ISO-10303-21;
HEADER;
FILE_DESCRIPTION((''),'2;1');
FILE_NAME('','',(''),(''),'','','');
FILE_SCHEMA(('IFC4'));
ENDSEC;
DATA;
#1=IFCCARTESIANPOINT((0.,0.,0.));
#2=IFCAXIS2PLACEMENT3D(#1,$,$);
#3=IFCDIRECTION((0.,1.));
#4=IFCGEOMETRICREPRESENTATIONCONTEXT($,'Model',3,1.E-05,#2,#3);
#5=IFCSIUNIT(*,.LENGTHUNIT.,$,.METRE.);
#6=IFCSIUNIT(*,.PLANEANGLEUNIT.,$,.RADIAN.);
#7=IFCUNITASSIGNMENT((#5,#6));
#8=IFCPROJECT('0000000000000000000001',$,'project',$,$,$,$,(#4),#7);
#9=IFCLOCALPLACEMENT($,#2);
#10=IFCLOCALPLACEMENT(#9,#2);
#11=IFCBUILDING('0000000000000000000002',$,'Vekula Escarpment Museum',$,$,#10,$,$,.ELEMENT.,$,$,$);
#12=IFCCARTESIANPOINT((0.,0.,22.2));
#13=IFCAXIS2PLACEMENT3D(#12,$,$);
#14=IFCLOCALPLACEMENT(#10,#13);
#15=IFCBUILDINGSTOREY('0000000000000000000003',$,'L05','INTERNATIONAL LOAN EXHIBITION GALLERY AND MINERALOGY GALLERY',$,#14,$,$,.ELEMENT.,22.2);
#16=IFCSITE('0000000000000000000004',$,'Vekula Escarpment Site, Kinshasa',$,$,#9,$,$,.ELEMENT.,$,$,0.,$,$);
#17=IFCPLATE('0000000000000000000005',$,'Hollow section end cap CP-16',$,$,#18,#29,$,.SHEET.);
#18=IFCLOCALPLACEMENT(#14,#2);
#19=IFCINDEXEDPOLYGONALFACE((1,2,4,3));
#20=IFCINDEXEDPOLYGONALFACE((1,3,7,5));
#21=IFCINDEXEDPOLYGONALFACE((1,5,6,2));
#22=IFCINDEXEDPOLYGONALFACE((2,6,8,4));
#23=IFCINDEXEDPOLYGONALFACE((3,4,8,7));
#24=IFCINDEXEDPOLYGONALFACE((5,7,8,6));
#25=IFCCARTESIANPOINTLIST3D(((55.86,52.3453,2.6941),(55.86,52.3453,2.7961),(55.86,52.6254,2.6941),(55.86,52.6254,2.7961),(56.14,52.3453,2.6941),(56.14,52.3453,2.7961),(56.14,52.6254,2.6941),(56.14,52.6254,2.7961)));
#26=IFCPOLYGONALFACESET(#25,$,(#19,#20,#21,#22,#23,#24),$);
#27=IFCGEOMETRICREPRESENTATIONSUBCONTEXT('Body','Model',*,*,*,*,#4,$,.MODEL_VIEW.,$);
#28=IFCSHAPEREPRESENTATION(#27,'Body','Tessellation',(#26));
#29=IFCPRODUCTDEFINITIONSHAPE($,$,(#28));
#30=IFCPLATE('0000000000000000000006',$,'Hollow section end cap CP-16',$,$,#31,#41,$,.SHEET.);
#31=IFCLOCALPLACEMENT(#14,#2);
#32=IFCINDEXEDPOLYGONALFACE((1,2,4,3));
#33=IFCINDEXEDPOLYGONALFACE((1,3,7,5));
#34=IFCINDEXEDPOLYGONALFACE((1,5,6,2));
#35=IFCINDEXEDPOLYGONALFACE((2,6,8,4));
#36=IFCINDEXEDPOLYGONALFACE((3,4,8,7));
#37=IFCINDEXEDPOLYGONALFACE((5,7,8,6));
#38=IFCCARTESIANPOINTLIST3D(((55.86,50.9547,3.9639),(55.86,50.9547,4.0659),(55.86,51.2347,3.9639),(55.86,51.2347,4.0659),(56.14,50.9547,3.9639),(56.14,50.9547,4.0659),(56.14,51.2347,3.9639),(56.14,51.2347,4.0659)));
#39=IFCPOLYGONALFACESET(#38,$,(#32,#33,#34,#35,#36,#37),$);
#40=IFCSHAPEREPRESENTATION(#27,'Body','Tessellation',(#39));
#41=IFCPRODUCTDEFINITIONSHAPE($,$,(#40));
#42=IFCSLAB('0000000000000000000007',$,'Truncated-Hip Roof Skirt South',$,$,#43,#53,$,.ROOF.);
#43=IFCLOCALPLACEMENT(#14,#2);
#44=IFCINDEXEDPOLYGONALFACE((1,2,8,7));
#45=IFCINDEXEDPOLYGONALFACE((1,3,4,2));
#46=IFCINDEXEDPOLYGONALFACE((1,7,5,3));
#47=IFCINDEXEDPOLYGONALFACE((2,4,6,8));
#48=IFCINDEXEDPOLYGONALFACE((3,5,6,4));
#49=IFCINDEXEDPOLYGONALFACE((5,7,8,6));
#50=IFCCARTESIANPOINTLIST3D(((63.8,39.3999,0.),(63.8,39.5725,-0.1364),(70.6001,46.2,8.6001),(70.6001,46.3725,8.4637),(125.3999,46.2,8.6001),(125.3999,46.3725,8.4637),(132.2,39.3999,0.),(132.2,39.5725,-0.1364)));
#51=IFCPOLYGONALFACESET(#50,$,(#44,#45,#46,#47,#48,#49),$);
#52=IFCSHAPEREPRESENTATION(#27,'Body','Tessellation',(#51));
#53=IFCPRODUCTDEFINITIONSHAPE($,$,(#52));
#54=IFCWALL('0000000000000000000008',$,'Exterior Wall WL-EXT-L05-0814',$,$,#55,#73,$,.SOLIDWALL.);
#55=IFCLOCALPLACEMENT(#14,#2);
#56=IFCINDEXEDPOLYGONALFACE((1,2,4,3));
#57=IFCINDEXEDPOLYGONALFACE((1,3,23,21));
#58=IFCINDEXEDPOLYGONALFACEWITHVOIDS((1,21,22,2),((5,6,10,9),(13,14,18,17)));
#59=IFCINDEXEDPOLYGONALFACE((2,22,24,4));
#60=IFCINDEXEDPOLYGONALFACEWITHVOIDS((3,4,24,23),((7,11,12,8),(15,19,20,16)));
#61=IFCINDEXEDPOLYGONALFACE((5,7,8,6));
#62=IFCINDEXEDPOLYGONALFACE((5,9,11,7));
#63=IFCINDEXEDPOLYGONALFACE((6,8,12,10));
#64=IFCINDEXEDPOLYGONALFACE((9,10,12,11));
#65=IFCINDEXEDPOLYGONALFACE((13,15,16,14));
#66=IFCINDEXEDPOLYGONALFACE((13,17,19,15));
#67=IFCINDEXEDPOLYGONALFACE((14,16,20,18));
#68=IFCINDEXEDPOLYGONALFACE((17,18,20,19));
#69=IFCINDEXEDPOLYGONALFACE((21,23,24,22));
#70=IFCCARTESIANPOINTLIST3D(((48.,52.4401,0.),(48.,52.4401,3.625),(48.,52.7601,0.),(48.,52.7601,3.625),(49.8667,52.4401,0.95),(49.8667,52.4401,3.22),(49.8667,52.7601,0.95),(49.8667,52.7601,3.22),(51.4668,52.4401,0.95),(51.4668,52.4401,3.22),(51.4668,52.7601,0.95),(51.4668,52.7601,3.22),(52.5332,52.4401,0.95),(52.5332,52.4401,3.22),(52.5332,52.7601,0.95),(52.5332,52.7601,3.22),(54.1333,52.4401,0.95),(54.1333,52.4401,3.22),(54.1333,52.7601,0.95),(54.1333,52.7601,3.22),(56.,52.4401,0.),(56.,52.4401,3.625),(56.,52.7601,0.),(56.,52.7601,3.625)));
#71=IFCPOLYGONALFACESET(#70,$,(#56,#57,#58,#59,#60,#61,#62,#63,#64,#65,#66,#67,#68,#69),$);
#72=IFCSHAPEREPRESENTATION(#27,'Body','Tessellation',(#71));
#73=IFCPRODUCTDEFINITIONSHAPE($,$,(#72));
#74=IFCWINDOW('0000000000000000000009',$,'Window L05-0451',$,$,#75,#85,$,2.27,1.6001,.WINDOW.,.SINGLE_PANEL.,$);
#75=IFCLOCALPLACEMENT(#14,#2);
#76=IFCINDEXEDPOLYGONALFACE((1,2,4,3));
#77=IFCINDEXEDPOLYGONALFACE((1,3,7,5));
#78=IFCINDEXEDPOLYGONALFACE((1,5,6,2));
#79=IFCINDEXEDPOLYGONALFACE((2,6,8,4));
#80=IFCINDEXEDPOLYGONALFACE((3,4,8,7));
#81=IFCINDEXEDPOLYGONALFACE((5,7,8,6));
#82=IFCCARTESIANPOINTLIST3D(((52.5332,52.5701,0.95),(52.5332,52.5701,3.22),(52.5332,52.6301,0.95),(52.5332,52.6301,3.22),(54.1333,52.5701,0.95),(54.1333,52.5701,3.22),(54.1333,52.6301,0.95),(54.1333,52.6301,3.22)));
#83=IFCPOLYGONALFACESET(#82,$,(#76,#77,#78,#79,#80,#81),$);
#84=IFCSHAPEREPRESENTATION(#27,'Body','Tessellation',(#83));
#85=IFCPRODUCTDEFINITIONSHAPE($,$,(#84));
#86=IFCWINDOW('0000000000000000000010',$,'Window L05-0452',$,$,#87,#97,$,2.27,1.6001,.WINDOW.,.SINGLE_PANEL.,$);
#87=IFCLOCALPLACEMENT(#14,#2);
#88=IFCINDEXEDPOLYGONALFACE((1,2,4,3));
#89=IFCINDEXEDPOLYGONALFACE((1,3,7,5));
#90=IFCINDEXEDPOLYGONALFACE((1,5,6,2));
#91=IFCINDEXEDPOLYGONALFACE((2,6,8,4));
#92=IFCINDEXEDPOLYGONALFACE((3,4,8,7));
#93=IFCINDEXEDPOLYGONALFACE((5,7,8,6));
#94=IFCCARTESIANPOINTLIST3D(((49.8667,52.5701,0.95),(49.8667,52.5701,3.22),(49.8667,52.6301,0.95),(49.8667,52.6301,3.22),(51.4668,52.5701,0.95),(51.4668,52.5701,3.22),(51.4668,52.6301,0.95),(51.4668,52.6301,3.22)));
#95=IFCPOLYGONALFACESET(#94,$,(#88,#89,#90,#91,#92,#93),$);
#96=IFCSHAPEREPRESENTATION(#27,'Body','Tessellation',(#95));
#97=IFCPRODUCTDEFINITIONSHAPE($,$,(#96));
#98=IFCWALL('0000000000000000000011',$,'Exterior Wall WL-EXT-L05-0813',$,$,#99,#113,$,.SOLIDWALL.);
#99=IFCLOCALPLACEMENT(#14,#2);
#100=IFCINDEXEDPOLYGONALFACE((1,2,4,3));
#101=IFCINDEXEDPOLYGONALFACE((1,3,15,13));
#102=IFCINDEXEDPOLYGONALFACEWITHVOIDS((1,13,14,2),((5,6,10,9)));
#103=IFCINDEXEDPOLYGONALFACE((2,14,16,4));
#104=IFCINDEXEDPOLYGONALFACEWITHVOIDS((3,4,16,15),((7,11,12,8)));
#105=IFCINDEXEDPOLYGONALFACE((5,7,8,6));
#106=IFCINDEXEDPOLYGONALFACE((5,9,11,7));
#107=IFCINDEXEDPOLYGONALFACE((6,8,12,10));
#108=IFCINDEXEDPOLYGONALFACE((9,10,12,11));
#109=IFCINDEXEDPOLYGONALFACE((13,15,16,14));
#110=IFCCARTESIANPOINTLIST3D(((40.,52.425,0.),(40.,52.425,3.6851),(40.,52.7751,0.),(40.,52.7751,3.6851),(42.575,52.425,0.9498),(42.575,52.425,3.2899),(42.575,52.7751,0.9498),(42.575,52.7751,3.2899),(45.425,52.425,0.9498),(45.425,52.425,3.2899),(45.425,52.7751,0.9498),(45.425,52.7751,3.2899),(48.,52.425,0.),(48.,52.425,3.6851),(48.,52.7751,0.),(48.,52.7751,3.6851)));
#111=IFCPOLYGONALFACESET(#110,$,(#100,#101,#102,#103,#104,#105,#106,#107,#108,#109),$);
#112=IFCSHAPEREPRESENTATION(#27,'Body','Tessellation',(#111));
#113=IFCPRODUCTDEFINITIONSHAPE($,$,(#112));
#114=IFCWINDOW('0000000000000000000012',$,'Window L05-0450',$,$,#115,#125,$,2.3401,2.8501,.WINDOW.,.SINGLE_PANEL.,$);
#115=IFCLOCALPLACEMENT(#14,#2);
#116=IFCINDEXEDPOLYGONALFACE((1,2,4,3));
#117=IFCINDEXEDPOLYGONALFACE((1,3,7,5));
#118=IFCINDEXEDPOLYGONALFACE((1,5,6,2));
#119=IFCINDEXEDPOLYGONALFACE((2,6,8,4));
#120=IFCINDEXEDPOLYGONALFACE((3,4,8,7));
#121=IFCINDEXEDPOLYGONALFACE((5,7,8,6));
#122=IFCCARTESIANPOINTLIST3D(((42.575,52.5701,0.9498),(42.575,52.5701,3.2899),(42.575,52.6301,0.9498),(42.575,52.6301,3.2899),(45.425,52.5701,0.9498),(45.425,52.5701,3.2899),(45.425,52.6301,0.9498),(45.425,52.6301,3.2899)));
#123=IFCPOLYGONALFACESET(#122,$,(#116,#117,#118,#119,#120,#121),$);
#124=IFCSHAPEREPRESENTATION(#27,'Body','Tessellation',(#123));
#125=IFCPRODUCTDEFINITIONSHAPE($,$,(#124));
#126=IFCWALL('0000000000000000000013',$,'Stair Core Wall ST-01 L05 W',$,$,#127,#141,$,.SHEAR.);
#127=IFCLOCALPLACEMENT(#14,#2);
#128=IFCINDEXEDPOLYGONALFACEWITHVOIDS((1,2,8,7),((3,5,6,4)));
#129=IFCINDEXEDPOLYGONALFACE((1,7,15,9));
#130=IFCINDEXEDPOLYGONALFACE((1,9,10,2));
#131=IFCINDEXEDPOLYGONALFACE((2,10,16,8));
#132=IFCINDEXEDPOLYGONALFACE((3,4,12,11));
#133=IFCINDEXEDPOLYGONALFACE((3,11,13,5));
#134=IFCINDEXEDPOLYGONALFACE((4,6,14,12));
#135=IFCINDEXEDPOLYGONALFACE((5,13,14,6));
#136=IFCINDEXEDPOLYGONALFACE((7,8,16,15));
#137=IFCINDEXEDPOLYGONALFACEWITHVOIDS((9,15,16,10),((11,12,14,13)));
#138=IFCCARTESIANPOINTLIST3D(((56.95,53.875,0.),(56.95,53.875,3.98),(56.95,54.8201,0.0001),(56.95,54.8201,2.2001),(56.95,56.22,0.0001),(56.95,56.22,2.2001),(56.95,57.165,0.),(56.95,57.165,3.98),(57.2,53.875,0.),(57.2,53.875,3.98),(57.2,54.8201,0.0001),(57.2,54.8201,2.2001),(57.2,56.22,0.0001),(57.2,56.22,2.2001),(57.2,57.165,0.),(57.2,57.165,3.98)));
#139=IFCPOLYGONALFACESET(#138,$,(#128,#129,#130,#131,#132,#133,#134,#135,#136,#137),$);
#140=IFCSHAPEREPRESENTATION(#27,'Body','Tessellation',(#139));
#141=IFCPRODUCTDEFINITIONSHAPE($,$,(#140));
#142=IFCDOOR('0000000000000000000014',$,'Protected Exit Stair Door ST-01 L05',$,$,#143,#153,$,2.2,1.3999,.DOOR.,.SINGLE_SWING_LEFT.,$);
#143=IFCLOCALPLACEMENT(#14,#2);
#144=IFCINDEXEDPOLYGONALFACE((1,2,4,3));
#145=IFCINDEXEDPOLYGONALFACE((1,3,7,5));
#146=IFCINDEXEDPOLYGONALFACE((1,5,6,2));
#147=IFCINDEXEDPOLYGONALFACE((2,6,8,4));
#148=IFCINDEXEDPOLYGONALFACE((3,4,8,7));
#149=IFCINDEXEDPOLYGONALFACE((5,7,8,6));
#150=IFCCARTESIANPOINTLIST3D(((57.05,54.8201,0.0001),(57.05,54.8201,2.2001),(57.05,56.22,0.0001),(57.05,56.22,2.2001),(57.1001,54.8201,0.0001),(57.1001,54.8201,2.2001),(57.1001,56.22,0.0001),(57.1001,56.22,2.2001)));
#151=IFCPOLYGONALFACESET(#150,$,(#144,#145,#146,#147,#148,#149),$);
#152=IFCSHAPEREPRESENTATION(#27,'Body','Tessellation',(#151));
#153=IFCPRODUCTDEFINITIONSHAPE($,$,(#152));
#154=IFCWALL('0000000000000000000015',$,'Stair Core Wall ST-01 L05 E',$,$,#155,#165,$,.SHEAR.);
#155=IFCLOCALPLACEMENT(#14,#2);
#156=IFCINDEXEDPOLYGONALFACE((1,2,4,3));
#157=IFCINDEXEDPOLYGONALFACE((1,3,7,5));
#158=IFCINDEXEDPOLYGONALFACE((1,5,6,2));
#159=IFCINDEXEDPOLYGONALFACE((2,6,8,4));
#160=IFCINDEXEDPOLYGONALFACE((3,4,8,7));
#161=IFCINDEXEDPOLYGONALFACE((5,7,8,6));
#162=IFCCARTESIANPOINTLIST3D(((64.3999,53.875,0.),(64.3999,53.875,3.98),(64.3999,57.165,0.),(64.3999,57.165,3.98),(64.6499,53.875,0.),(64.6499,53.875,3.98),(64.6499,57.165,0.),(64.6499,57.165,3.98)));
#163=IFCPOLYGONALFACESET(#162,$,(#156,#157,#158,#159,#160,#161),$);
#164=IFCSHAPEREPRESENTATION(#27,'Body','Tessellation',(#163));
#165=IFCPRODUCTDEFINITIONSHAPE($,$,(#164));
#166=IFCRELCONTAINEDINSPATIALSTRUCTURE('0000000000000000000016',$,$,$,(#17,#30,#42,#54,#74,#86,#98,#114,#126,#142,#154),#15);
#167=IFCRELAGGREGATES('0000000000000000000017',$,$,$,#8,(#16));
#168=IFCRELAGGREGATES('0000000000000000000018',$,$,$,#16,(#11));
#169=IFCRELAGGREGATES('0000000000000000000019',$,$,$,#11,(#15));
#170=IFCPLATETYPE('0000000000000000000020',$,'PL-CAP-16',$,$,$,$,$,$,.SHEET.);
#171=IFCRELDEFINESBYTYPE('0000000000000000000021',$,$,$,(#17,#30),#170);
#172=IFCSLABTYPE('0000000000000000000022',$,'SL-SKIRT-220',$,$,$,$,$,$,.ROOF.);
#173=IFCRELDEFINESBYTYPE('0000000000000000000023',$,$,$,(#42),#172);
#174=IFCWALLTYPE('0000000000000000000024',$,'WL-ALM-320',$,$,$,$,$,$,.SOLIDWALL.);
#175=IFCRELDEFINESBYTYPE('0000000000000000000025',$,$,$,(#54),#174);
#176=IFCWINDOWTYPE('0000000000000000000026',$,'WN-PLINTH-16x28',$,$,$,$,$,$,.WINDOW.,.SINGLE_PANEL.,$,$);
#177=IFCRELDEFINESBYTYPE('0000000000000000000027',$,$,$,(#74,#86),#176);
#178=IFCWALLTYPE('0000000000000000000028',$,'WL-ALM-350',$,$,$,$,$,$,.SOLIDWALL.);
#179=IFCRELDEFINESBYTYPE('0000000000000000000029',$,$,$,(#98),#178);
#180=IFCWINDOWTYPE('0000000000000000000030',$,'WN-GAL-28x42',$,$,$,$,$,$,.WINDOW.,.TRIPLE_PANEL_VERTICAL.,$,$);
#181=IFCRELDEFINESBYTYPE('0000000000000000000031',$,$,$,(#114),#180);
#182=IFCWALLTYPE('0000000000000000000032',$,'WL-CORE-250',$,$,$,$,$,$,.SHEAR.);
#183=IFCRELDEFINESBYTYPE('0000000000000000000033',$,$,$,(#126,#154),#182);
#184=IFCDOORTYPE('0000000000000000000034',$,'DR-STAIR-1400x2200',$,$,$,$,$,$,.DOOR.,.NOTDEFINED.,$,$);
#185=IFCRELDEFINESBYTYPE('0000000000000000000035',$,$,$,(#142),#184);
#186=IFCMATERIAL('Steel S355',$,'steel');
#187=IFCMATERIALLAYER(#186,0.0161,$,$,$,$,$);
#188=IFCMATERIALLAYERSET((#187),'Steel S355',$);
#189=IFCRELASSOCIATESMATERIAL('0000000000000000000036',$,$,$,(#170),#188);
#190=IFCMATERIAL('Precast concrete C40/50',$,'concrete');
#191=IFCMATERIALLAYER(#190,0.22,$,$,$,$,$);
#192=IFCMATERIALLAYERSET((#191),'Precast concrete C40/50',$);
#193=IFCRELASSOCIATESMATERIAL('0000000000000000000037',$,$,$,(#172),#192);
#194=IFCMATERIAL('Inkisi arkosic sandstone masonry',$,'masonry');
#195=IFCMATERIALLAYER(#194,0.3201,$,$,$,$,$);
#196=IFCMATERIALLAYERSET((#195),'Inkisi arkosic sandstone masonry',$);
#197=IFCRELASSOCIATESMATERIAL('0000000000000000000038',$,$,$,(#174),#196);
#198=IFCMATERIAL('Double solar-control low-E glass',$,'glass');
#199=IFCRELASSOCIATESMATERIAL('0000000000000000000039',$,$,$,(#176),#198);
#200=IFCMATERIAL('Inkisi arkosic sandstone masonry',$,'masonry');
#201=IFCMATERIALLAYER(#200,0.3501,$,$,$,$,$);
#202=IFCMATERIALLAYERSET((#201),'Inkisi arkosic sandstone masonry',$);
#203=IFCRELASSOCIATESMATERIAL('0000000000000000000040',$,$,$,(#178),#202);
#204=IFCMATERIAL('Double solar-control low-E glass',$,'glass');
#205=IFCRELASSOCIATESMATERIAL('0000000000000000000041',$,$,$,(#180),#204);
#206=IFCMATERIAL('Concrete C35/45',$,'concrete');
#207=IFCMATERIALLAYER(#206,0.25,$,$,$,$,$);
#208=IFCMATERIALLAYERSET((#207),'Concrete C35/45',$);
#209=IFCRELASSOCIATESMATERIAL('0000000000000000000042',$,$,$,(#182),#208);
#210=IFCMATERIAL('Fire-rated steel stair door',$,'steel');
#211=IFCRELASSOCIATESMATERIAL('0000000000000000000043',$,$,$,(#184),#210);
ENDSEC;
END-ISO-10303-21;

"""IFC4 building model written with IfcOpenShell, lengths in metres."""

from ifc_helpers import new_model, si_unit, direction, frame, frame_2d, origin, origin_2d, place, context, subcontext, project, spatial, polyline, rectangle, outline, extrude, material, layer, layer_set, type_object, element, fill, save


model = new_model("IFC4")

# Units and contexts
model_context = context("Model", 3, precision=1e-05, world=origin(), true_north=direction((0.0, 1.0)))
body_context = subcontext(model_context, "Body", "Model", "MODEL_VIEW")
ifc_project = project(units=[si_unit("LENGTHUNIT", "METRE"), si_unit("PLANEANGLEUNIT", "RADIAN")], contexts=[model_context])

# Site, building, storey
site_placement = place(None, origin())
site = spatial("IfcSite", under=ifc_project, at=site_placement, Name="Vekula Escarpment Site, Kinshasa", CompositionType="ELEMENT", RefElevation=0.0)
building_placement = place(site_placement, origin())
building = spatial("IfcBuilding", under=site, at=building_placement, Name="Vekula Escarpment Museum", CompositionType="ELEMENT")
storey_placement = place(building_placement, frame((0.0, 0.0, 22.2)))
storey = spatial("IfcBuildingStorey", under=building, at=storey_placement, Name="L05", Description="INTERNATIONAL LOAN EXHIBITION GALLERY AND MINERALOGY GALLERY", CompositionType="ELEMENT", Elevation=22.2)

# Plates
ifc_material_1 = material(Name="Steel S355", Category="steel")
ifc_layer_1 = layer(ifc_material_1, 0.0161)
ifc_layer_set_1 = layer_set([ifc_layer_1], Name="Steel S355")
plate_type = type_object("IfcPlateType", Name="PL-CAP-16", PredefinedType="SHEET", material=ifc_layer_set_1)
for number, where, z_axis, x_axis, name in (
    (1, (56.0, 52.4854, 2.6941), (0.0, 0.0, 1.0), (1.0, 0.0, 0.0), "Hollow section end cap CP-16"),
    (2, (56.0, 51.0947, 3.9639), (0.0, 0.0, 1.0), (1.0, 0.0, 0.0), "Hollow section end cap CP-16"),
):
    element("IfcPlate", number, at=place(storey_placement, frame(where, z_axis=z_axis, x_axis=x_axis)), inside=storey, type_object=plate_type, Name=name, PredefinedType="SHEET", context=body_context, shape_type="SweptSolid", body=[
        extrude(rectangle(XDim=0.28, YDim=0.28, at=origin_2d()), origin(), (0.0, 0.0, 1.0), 0.1021),
    ])

# Slab
ifc_material_2 = material(Name="Precast concrete C40/50", Category="concrete")
ifc_layer_2 = layer(ifc_material_2, 0.22)
ifc_layer_set_2 = layer_set([ifc_layer_2], Name="Precast concrete C40/50")
slab_type = type_object("IfcSlabType", Name="SL-SKIRT-220", PredefinedType="ROOF", material=ifc_layer_set_2)
slab_placement = place(storey_placement, frame((63.8, 39.3999, 0.0), z_axis=(0.0, -0.784417, 0.620234), x_axis=(1.0, 0.0, 0.0)))
element("IfcSlab", 3, at=slab_placement, inside=storey, type_object=slab_type, Name="Truncated-Hip Roof Skirt South", PredefinedType="ROOF", context=body_context, shape_type="SweptSolid", body=[
    extrude(outline(polyline([(0.0, 0.0), (68.3999, 0.0), (61.5999, 10.9637), (6.8, 10.9637), (0.0, 0.0)])), origin(), (0.0, 0.0, -1.0), 0.22),
])

# Wall, openings, windows
ifc_material_3 = material(Name="Inkisi arkosic sandstone masonry", Category="masonry")
ifc_layer_3 = layer(ifc_material_3, 0.3201)
ifc_layer_set_3 = layer_set([ifc_layer_3], Name="Inkisi arkosic sandstone masonry")
wall_type_1 = type_object("IfcWallType", Name="WL-ALM-320", PredefinedType="SOLIDWALL", material=ifc_layer_set_3)
wall_1_placement = place(storey_placement, frame((56.0, 52.6001, 0.0), z_axis=(0.0, 0.0, 1.0), x_axis=(-1.0, 0.0, 0.0)))
wall_1 = element("IfcWall", 4, at=wall_1_placement, inside=storey, type_object=wall_type_1, Name="Exterior Wall WL-EXT-L05-0814", PredefinedType="SOLIDWALL", context=body_context, shape_type="SweptSolid", body=[
    extrude(rectangle(XDim=8.0, YDim=0.3201, at=frame_2d((4.0, 0.0))), origin(), (0.0, 0.0, 1.0), 3.625),
])
opening_1_placement = place(wall_1_placement, frame((1.8667, 0.0, 0.95)))
opening_1 = element("IfcOpeningElement", 5, at=opening_1_placement, cuts=wall_1, PredefinedType="OPENING", context=body_context, shape_type="SweptSolid", body=[
    extrude(rectangle(XDim=1.6001, YDim=2.27, at=frame_2d((0.8, 1.135))), frame((0.0, 0.1699, 0.0), z_axis=(0.0, -1.0, 0.0), x_axis=(1.0, 0.0, 0.0)), (0.0, 0.0, 1.0), 0.3401),
])
opening_2_placement = place(wall_1_placement, frame((4.5332, 0.0, 0.95)))
opening_2 = element("IfcOpeningElement", 6, at=opening_2_placement, cuts=wall_1, PredefinedType="OPENING", context=body_context, shape_type="SweptSolid", body=[
    extrude(rectangle(XDim=1.6001, YDim=2.27, at=frame_2d((0.8, 1.135))), frame((0.0, 0.1699, 0.0), z_axis=(0.0, -1.0, 0.0), x_axis=(1.0, 0.0, 0.0)), (0.0, 0.0, 1.0), 0.3401),
])
ifc_material_4 = material(Name="Double solar-control low-E glass", Category="glass")
window_type_1 = type_object("IfcWindowType", Name="WN-PLINTH-16x28", PartitioningType="SINGLE_PANEL", PredefinedType="WINDOW", material=ifc_material_4)
window_1_placement = place(opening_1_placement, origin())
window_1 = element("IfcWindow", 7, at=window_1_placement, inside=storey, type_object=window_type_1, Name="Window L05-0451", OverallHeight=2.27, OverallWidth=1.6001, PartitioningType="SINGLE_PANEL", PredefinedType="WINDOW", context=body_context, shape_type="SweptSolid", body=[
    extrude(rectangle(XDim=1.6001, YDim=2.27, at=frame_2d((0.8, 1.135))), frame((0.0, 0.03, 0.0), z_axis=(0.0, -1.0, 0.0), x_axis=(1.0, 0.0, 0.0)), (0.0, 0.0, 1.0), 0.0601),
])
fill(opening_1, window_1)
window_2_placement = place(opening_2_placement, origin())
window_2 = element("IfcWindow", 8, at=window_2_placement, inside=storey, type_object=window_type_1, Name="Window L05-0452", OverallHeight=2.27, OverallWidth=1.6001, PartitioningType="SINGLE_PANEL", PredefinedType="WINDOW", context=body_context, shape_type="SweptSolid", body=[
    extrude(rectangle(XDim=1.6001, YDim=2.27, at=frame_2d((0.8, 1.135))), frame((0.0, 0.03, 0.0), z_axis=(0.0, -1.0, 0.0), x_axis=(1.0, 0.0, 0.0)), (0.0, 0.0, 1.0), 0.0601),
])
fill(opening_2, window_2)

# Wall, opening, window
ifc_material_5 = material(Name="Inkisi arkosic sandstone masonry", Category="masonry")
ifc_layer_4 = layer(ifc_material_5, 0.3501)
ifc_layer_set_4 = layer_set([ifc_layer_4], Name="Inkisi arkosic sandstone masonry")
wall_type_2 = type_object("IfcWallType", Name="WL-ALM-350", PredefinedType="SOLIDWALL", material=ifc_layer_set_4)
wall_2_placement = place(storey_placement, frame((48.0, 52.6001, 0.0), z_axis=(0.0, 0.0, 1.0), x_axis=(-1.0, 0.0, 0.0)))
wall_2 = element("IfcWall", 9, at=wall_2_placement, inside=storey, type_object=wall_type_2, Name="Exterior Wall WL-EXT-L05-0813", PredefinedType="SOLIDWALL", context=body_context, shape_type="SweptSolid", body=[
    extrude(rectangle(XDim=8.0, YDim=0.3501, at=frame_2d((4.0, 0.0))), origin(), (0.0, 0.0, 1.0), 3.6851),
])
opening_3_placement = place(wall_2_placement, frame((2.575, 0.0, 0.95)))
opening_3 = element("IfcOpeningElement", 10, at=opening_3_placement, cuts=wall_2, PredefinedType="OPENING", context=body_context, shape_type="SweptSolid", body=[
    extrude(rectangle(XDim=2.8501, YDim=2.3401, at=frame_2d((1.425, 1.1699))), frame((0.0, 0.1851, 0.0), z_axis=(0.0, -1.0, 0.0), x_axis=(1.0, 0.0, 0.0)), (0.0, 0.0, 1.0), 0.3701),
])
ifc_material_6 = material(Name="Double solar-control low-E glass", Category="glass")
window_type_2 = type_object("IfcWindowType", Name="WN-GAL-28x42", PartitioningType="TRIPLE_PANEL_VERTICAL", PredefinedType="WINDOW", material=ifc_material_6)
window_3_placement = place(opening_3_placement, origin())
window_3 = element("IfcWindow", 11, at=window_3_placement, inside=storey, type_object=window_type_2, Name="Window L05-0450", OverallHeight=2.3401, OverallWidth=2.8501, PartitioningType="SINGLE_PANEL", PredefinedType="WINDOW", context=body_context, shape_type="SweptSolid", body=[
    extrude(rectangle(XDim=2.8501, YDim=2.3401, at=frame_2d((1.425, 1.1699))), frame((0.0, 0.03, 0.0), z_axis=(0.0, -1.0, 0.0), x_axis=(1.0, 0.0, 0.0)), (0.0, 0.0, 1.0), 0.0601),
])
fill(opening_3, window_3)

# Wall, opening, door
ifc_material_7 = material(Name="Concrete C35/45", Category="concrete")
ifc_layer_5 = layer(ifc_material_7, 0.25)
ifc_layer_set_5 = layer_set([ifc_layer_5], Name="Concrete C35/45")
wall_type_3 = type_object("IfcWallType", Name="WL-CORE-250", PredefinedType="SHEAR", material=ifc_layer_set_5)
wall_3_placement = place(storey_placement, frame((57.075, 53.875, 0.0), z_axis=(0.0, 0.0, 1.0), x_axis=(0.0, 1.0, 0.0)))
wall_3 = element("IfcWall", 12, at=wall_3_placement, inside=storey, type_object=wall_type_3, Name="Stair Core Wall ST-01 L05 W", PredefinedType="SHEAR", context=body_context, shape_type="SweptSolid", body=[
    extrude(rectangle(XDim=3.29, YDim=0.25, at=frame_2d((1.645, 0.0))), origin(), (0.0, 0.0, 1.0), 3.98),
])
opening_4_placement = place(wall_3_placement, frame((0.9451, 0.0, 0.0)))
opening_4 = element("IfcOpeningElement", 13, at=opening_4_placement, cuts=wall_3, PredefinedType="OPENING", context=body_context, shape_type="SweptSolid", body=[
    extrude(rectangle(XDim=1.3999, YDim=2.2, at=frame_2d((0.7, 1.1001))), frame((0.0, 0.135, 0.0), z_axis=(0.0, -1.0, 0.0), x_axis=(1.0, 0.0, 0.0)), (0.0, 0.0, 1.0), 0.27),
])
ifc_material_8 = material(Name="Fire-rated steel stair door", Category="steel")
door_type_1 = type_object("IfcDoorType", Name="DR-STAIR-1400x2200", OperationType="NOTDEFINED", PredefinedType="DOOR", material=ifc_material_8)
door_1_placement = place(opening_4_placement, origin())
door_1 = element("IfcDoor", 14, at=door_1_placement, inside=storey, type_object=door_type_1, Name="Protected Exit Stair Door ST-01 L05", OperationType="SINGLE_SWING_LEFT", OverallHeight=2.2, OverallWidth=1.3999, PredefinedType="DOOR", context=body_context, shape_type="SweptSolid", body=[
    extrude(rectangle(XDim=1.3999, YDim=2.2, at=frame_2d((0.7, 1.1001))), frame((0.0, 0.0249, 0.0), z_axis=(0.0, -1.0, 0.0), x_axis=(1.0, 0.0, 0.0)), (0.0, 0.0, 1.0), 0.05),
])
fill(opening_4, door_1)

# Wall
wall_4_placement = place(storey_placement, frame((64.5249, 53.875, 0.0), z_axis=(0.0, 0.0, 1.0), x_axis=(0.0, 1.0, 0.0)))
element("IfcWall", 15, at=wall_4_placement, inside=storey, type_object=wall_type_3, Name="Stair Core Wall ST-01 L05 E", PredefinedType="SHEAR", context=body_context, shape_type="SweptSolid", body=[
    extrude(rectangle(XDim=3.29, YDim=0.25, at=frame_2d((1.645, 0.0))), origin(), (0.0, 0.0, 1.0), 3.98),
])

save(model, "model.ifc")
